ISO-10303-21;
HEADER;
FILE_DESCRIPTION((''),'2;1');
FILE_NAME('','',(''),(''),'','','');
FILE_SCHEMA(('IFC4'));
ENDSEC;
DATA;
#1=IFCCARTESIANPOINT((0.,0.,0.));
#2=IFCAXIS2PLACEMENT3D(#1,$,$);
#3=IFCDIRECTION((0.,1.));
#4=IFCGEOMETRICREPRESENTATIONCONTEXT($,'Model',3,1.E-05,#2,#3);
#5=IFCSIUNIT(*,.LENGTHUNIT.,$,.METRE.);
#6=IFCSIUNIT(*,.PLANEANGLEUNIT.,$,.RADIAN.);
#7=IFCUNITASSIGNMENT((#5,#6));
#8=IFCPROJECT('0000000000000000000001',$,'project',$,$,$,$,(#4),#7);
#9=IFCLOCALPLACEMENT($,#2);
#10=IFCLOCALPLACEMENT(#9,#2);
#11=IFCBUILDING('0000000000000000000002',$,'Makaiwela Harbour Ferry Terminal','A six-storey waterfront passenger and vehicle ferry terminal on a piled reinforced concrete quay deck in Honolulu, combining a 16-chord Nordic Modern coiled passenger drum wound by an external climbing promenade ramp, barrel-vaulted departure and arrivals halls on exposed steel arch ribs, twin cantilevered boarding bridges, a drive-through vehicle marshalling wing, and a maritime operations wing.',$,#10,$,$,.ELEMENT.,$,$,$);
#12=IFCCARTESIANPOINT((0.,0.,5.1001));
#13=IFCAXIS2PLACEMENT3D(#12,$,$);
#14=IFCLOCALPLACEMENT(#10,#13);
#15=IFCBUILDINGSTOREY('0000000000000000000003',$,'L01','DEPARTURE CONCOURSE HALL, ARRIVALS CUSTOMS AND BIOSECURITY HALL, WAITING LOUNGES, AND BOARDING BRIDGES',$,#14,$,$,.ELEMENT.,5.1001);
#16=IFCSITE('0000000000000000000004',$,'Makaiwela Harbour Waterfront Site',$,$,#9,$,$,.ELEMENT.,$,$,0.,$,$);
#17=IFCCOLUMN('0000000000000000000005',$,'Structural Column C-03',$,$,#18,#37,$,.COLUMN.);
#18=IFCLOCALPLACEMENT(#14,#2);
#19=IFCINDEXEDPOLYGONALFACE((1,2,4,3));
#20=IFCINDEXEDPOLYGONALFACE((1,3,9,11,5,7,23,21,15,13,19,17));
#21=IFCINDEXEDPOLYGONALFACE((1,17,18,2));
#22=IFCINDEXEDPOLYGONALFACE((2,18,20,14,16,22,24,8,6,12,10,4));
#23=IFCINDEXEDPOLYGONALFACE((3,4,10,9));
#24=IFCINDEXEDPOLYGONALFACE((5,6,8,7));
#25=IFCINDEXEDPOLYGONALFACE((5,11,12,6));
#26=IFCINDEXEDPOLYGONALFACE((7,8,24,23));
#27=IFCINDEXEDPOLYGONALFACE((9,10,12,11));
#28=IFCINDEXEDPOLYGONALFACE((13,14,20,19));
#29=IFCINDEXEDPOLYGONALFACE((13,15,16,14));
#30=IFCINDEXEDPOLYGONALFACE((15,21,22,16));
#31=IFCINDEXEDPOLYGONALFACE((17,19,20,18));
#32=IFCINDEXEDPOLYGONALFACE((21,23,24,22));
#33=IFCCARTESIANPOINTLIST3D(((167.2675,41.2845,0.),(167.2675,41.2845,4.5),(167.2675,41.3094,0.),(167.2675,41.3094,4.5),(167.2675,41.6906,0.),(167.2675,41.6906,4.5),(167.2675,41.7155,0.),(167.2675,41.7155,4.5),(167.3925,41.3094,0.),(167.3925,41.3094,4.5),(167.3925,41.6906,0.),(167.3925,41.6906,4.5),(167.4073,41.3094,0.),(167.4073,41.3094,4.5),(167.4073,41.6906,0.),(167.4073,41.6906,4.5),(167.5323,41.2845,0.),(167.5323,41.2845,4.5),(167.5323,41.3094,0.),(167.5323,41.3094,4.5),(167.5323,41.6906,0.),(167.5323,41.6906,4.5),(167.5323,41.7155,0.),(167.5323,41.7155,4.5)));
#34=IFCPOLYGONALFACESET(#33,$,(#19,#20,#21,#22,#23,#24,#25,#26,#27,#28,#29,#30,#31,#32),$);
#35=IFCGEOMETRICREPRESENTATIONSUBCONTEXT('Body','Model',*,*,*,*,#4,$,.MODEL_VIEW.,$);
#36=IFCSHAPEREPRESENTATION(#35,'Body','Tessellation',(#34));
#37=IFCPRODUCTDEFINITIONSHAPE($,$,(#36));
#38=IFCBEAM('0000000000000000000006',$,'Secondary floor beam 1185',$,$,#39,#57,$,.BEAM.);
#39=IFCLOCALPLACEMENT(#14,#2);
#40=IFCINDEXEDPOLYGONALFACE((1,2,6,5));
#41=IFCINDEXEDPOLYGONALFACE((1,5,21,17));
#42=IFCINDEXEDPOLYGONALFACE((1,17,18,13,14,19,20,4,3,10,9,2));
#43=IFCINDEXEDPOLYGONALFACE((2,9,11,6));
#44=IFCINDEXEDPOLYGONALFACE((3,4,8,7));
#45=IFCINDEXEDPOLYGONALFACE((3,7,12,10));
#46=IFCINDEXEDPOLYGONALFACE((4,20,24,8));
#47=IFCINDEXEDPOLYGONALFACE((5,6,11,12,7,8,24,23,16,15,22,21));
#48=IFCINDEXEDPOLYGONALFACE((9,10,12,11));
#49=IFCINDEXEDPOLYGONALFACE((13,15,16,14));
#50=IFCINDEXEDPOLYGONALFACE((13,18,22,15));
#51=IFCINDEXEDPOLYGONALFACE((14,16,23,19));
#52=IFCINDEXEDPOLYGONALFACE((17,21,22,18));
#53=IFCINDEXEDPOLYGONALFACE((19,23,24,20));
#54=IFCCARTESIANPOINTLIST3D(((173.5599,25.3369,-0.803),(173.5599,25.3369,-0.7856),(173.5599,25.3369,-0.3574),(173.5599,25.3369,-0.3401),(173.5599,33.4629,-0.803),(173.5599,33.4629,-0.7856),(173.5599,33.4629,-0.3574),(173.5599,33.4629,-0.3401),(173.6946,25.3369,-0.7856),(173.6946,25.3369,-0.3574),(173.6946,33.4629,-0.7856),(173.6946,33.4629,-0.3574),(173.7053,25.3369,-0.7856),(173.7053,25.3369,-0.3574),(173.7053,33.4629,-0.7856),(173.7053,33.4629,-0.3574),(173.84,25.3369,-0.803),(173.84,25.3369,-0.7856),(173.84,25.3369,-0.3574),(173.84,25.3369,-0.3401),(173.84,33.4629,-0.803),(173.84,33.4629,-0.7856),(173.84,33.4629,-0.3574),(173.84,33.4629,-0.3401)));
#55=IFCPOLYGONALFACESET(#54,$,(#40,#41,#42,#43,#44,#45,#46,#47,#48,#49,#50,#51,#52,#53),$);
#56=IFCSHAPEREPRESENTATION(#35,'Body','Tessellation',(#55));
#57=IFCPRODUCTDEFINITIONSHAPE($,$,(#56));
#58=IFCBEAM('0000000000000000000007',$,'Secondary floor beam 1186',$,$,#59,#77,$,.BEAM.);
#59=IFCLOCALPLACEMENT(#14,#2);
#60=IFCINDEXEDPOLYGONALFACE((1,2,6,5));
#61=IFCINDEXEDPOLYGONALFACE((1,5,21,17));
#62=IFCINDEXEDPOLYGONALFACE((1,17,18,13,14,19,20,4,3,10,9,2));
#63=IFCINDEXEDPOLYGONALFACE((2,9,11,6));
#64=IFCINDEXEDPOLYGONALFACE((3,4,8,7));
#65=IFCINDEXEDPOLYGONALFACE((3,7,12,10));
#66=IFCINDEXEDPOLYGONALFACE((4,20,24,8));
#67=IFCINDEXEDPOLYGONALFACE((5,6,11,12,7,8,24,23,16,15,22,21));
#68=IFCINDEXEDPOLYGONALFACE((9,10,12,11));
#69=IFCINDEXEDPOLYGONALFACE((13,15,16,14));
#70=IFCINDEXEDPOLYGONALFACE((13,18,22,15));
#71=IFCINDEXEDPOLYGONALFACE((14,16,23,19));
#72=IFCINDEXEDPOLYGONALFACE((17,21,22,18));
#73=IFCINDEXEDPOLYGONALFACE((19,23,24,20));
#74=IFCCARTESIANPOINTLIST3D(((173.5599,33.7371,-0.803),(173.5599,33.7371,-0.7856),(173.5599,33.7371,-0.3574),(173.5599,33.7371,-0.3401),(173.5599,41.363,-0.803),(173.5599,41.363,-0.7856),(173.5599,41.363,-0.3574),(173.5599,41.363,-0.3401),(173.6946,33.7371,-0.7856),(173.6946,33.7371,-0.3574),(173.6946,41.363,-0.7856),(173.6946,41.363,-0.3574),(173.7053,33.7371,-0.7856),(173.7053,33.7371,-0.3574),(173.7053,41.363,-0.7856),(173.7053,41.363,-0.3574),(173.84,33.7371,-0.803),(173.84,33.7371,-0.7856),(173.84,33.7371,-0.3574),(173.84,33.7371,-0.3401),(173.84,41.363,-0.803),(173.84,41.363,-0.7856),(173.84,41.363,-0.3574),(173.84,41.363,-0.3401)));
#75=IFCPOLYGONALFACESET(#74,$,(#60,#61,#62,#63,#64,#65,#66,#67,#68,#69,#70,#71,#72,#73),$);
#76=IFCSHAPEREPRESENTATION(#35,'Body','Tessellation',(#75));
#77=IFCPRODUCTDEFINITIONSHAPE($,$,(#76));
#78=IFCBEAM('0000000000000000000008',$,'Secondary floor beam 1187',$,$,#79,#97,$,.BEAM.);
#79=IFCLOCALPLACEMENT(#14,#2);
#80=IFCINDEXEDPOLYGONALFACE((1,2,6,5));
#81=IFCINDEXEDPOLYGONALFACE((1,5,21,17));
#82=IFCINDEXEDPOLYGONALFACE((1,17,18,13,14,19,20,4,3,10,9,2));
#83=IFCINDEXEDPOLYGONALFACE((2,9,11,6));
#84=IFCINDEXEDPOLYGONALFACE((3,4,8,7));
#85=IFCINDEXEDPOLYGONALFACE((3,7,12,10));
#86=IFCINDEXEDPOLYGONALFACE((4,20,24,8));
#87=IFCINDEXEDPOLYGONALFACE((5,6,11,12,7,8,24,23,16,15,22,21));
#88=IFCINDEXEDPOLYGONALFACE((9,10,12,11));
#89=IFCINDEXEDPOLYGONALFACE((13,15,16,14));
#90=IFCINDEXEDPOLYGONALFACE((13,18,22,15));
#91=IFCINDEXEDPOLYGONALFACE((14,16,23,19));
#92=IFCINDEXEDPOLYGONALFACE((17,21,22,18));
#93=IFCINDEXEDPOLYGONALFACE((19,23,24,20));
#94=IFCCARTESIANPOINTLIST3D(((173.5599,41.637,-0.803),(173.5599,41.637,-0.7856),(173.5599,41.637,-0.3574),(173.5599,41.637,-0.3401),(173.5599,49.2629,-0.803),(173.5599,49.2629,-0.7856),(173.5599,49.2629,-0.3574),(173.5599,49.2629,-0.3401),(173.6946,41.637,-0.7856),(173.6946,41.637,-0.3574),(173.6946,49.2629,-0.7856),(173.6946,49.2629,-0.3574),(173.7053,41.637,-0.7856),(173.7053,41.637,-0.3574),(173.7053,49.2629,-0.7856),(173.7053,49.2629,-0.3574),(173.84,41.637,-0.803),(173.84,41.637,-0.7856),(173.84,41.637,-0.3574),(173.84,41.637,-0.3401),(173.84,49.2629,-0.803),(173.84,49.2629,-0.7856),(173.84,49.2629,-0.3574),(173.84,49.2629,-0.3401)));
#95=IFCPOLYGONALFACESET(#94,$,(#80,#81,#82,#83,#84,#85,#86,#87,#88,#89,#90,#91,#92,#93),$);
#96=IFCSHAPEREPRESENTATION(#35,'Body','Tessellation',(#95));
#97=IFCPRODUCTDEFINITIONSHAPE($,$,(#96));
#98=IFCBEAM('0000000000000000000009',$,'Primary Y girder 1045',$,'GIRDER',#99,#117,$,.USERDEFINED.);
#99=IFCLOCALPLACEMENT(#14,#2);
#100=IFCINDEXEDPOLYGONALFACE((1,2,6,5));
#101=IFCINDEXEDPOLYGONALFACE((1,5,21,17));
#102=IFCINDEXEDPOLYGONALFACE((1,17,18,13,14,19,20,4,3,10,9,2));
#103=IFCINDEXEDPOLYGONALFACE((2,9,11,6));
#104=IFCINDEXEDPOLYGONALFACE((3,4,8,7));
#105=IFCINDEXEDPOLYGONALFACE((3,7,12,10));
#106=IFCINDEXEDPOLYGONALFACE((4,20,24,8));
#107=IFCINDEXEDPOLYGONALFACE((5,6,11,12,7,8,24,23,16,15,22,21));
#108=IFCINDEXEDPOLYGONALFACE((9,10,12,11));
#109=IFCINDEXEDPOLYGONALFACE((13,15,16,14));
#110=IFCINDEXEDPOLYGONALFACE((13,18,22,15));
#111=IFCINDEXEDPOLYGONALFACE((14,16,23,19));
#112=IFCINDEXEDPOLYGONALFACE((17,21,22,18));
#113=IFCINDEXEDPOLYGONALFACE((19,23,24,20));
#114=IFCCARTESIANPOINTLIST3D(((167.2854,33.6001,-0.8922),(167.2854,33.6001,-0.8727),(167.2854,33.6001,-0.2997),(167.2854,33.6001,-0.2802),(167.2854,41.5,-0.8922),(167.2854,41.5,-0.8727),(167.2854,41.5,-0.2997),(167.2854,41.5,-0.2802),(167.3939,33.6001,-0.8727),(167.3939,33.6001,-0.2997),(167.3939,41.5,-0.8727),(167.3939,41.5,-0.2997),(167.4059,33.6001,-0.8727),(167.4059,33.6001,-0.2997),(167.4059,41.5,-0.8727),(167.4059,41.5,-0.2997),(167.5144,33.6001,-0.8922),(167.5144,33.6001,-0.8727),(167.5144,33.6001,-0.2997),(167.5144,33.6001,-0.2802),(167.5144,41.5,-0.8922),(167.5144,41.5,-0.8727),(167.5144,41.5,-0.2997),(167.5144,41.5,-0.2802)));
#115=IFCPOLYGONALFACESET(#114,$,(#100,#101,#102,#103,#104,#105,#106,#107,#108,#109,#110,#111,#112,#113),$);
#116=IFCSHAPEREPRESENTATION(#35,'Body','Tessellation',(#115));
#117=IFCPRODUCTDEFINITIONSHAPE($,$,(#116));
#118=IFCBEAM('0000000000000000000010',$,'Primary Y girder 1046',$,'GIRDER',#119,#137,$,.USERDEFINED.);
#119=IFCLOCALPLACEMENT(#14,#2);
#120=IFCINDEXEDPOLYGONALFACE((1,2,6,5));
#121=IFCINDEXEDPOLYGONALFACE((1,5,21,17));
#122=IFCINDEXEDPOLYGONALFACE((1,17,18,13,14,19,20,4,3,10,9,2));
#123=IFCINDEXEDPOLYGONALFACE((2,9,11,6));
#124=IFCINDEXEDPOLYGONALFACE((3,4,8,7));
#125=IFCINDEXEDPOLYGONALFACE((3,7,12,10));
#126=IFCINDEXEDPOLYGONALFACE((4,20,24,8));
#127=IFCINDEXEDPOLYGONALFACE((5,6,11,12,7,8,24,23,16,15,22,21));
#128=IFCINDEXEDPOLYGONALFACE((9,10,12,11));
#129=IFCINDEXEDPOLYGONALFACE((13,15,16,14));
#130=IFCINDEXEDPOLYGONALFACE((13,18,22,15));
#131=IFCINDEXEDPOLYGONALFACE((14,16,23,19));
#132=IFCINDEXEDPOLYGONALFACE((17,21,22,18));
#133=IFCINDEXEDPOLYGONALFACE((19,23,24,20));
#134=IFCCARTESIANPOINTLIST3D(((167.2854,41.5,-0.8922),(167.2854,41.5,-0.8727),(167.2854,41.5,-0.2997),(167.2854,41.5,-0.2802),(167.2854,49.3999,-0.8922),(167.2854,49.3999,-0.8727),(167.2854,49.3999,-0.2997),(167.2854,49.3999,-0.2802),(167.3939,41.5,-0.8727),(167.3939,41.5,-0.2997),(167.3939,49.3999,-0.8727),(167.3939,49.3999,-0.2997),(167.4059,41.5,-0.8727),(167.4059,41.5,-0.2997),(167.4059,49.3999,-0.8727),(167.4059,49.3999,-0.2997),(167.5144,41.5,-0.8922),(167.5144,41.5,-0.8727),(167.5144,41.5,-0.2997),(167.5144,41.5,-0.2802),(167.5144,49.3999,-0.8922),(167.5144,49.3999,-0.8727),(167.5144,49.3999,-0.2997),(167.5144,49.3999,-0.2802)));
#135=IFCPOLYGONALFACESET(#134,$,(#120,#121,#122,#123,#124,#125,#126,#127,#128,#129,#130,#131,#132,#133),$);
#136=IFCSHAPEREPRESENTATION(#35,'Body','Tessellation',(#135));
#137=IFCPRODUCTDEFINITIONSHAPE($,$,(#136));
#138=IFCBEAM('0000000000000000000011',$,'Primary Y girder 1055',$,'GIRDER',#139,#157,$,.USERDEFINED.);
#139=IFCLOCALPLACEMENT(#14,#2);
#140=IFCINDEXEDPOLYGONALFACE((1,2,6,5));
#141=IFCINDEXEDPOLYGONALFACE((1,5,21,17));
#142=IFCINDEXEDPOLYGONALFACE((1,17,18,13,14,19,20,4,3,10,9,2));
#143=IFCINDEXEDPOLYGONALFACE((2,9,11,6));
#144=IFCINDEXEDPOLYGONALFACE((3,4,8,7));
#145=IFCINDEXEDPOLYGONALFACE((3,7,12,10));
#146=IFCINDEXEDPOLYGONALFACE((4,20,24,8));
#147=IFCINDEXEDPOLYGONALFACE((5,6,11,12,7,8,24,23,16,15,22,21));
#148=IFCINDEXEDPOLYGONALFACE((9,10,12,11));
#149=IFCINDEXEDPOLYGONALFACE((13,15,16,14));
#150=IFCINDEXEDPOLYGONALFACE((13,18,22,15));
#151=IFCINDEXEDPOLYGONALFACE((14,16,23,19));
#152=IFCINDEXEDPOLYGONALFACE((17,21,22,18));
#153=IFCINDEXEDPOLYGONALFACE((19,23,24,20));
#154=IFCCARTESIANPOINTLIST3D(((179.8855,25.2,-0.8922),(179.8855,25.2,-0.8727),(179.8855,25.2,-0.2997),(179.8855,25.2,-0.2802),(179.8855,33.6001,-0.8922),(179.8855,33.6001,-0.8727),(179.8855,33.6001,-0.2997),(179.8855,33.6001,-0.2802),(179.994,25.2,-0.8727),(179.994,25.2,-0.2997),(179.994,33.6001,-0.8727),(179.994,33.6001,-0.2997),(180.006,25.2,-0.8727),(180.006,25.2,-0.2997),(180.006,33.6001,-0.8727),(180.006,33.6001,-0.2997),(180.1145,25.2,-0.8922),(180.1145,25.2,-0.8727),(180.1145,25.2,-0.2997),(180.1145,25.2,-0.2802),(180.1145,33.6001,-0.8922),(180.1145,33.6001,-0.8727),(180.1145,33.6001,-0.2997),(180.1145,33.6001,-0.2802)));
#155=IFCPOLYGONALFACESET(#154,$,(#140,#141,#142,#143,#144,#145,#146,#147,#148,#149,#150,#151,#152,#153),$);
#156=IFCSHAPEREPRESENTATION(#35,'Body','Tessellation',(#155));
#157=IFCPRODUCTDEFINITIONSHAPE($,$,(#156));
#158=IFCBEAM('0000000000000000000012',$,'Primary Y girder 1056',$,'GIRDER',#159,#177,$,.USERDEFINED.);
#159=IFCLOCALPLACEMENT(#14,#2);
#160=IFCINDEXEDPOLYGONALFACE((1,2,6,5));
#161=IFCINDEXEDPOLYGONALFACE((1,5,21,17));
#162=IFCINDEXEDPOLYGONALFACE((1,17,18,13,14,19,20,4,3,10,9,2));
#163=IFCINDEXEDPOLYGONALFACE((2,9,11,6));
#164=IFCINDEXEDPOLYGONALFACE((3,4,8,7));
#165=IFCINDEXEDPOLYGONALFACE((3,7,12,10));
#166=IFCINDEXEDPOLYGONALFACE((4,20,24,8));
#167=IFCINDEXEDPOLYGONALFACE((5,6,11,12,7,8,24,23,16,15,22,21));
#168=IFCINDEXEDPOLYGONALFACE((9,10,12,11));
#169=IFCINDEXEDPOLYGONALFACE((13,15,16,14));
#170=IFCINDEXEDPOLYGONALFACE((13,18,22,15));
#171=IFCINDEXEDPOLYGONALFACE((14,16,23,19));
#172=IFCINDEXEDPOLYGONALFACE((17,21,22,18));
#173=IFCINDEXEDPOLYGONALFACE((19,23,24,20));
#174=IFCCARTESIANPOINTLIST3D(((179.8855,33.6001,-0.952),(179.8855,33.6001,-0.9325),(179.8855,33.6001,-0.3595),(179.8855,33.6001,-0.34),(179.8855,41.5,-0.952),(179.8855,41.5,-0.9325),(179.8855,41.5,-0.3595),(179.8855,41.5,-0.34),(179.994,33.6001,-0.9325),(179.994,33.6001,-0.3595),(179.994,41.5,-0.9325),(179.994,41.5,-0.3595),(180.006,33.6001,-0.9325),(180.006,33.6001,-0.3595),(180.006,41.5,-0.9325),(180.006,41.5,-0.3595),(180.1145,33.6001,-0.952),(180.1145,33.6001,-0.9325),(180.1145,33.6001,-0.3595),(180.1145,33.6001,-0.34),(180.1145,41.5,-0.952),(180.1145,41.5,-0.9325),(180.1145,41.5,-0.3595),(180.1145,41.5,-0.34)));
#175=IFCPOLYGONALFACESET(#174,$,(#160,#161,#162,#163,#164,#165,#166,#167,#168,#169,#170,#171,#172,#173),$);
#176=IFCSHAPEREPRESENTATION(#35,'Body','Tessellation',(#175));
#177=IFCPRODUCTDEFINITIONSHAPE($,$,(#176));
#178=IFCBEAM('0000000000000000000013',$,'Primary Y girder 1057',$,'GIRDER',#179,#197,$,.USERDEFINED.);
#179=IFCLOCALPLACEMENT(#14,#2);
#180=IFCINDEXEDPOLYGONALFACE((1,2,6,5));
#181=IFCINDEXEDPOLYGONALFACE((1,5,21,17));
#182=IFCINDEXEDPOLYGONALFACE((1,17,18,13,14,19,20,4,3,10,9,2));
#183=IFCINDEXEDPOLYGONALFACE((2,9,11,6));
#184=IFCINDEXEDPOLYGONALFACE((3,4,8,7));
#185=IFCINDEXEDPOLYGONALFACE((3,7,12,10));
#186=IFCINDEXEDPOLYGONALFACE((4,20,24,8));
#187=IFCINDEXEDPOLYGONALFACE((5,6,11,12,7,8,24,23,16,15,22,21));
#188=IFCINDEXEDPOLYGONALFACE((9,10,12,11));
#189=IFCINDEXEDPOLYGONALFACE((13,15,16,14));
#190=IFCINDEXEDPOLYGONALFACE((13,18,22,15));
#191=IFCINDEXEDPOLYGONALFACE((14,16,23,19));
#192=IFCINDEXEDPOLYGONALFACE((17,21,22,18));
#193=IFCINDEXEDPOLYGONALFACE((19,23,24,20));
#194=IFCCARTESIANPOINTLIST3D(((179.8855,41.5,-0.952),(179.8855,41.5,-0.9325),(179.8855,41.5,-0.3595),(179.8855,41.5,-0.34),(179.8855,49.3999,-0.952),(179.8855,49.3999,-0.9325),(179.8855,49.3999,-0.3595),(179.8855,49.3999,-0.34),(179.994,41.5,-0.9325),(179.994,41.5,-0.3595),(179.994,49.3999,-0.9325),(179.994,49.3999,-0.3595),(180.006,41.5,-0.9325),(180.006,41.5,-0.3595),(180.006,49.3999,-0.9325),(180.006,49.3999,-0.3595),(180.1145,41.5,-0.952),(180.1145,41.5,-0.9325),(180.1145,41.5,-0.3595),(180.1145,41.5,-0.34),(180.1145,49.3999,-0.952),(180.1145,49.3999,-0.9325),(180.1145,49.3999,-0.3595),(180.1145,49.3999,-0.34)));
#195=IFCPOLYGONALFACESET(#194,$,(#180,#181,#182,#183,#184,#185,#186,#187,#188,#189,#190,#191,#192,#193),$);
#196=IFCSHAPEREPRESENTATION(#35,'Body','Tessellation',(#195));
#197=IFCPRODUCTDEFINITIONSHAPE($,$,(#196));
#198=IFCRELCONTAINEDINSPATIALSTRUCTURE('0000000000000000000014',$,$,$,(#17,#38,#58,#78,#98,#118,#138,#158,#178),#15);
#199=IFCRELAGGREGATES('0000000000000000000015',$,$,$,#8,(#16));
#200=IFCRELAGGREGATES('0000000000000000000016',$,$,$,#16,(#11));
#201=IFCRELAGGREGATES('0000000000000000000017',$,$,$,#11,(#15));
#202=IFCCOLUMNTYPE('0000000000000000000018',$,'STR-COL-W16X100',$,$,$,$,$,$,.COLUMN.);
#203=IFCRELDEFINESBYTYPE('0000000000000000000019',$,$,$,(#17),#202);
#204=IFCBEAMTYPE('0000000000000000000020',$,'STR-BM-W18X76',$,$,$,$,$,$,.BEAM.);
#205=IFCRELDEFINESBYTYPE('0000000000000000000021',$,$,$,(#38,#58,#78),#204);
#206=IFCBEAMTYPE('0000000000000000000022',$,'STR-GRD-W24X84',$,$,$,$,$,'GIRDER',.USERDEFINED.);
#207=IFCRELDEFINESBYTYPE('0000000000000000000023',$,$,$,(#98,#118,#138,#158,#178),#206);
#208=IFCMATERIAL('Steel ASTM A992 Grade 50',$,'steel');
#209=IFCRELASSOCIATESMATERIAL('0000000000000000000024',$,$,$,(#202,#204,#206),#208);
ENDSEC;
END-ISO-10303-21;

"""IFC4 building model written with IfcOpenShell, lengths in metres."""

from ifc_helpers import new_model, si_unit, direction, frame, origin, origin_2d, place, context, subcontext, project, spatial, i_section, extrude, material, material_profile, profile_set, type_object, element, save


model = new_model("IFC4")

# Units and contexts
model_context = context("Model", 3, precision=1e-05, world=origin(), true_north=direction((0.0, 1.0)))
body_context = subcontext(model_context, "Body", "Model", "MODEL_VIEW")
ifc_project = project(units=[si_unit("LENGTHUNIT", "METRE"), si_unit("PLANEANGLEUNIT", "RADIAN")], contexts=[model_context])

# Site, building, storey
site_placement = place(None, origin())
site = spatial("IfcSite", under=ifc_project, at=site_placement, Name="Makaiwela Harbour Waterfront Site", CompositionType="ELEMENT", RefElevation=0.0)
building_placement = place(site_placement, origin())
building = spatial("IfcBuilding", under=site, at=building_placement, Name="Makaiwela Harbour Ferry Terminal", Description="A six-storey waterfront passenger and vehicle ferry terminal on a piled reinforced concrete quay deck in Honolulu, combining a 16-chord Nordic Modern coiled passenger drum wound by an external climbing promenade ramp, barrel-vaulted departure and arrivals halls on exposed steel arch ribs, twin cantilevered boarding bridges, a drive-through vehicle marshalling wing, and a maritime operations wing.", CompositionType="ELEMENT")
storey_placement = place(building_placement, frame((0.0, 0.0, 5.1001)))
storey = spatial("IfcBuildingStorey", under=building, at=storey_placement, Name="L01", Description="DEPARTURE CONCOURSE HALL, ARRIVALS CUSTOMS AND BIOSECURITY HALL, WAITING LOUNGES, AND BOARDING BRIDGES", CompositionType="ELEMENT", Elevation=5.1001)

# Column
ifc_material_1 = material(Name="Steel ASTM A992 Grade 50", Category="steel")
ifc_material_profile_1 = material_profile(ifc_material_1, i_section(OverallWidth=0.2649, OverallDepth=0.4309, WebThickness=0.0149, FlangeThickness=0.0249, at=origin_2d()), Name="W16X100")
ifc_profile_set_1 = profile_set([ifc_material_profile_1], Name="Steel ASTM A992 Grade 50")
column_type = type_object("IfcColumnType", Name="STR-COL-W16X100", PredefinedType="COLUMN", material=ifc_profile_set_1)
column_placement = place(storey_placement, frame((167.3999, 41.5, 0.0), z_axis=(0.0, 0.0, 1.0), x_axis=(1.0, 0.0, 0.0)))
element("IfcColumn", 1, at=column_placement, inside=storey, type_object=column_type, Name="Structural Column C-03", PredefinedType="COLUMN", context=body_context, shape_type="SweptSolid", body=[
    extrude(i_section(OverallWidth=0.2649, OverallDepth=0.4309, WebThickness=0.0149, FlangeThickness=0.0249, at=origin_2d()), origin(), (0.0, 0.0, 1.0), 4.5),
])

# Beams
ifc_material_profile_2 = material_profile(ifc_material_1, i_section(OverallWidth=0.28, OverallDepth=0.4629, WebThickness=0.0107, FlangeThickness=0.0173, at=origin_2d()), Name="W18X76")
ifc_profile_set_2 = profile_set([ifc_material_profile_2], Name="Steel ASTM A992 Grade 50")
beam_type_1 = type_object("IfcBeamType", Name="STR-BM-W18X76", PredefinedType="BEAM", material=ifc_profile_set_2)
beam_1_placement = place(storey_placement, frame((173.7, 25.3369, -0.5715), z_axis=(0.0, 1.0, 0.0), x_axis=(-1.0, 0.0, 0.0)))
element("IfcBeam", 2, at=beam_1_placement, inside=storey, type_object=beam_type_1, Name="Secondary floor beam 1185", PredefinedType="BEAM", context=body_context, shape_type="SweptSolid", body=[
    extrude(i_section(OverallWidth=0.28, OverallDepth=0.4629, WebThickness=0.0107, FlangeThickness=0.0173, at=origin_2d()), origin(), (0.0, 0.0, 1.0), 8.126),
])
for number, where, z_axis, x_axis, name in (
    (3, (173.7, 33.7371, -0.5715), (0.0, 1.0, 0.0), (-1.0, 0.0, 0.0), "Secondary floor beam 1186"),
    (4, (173.7, 41.637, -0.5715), (0.0, 1.0, 0.0), (-1.0, 0.0, 0.0), "Secondary floor beam 1187"),
):
    element("IfcBeam", number, at=place(storey_placement, frame(where, z_axis=z_axis, x_axis=x_axis)), inside=storey, type_object=beam_type_1, Name=name, PredefinedType="BEAM", context=body_context, shape_type="SweptSolid", body=[
        extrude(i_section(OverallWidth=0.28, OverallDepth=0.4629, WebThickness=0.0107, FlangeThickness=0.0173, at=origin_2d()), origin(), (0.0, 0.0, 1.0), 7.626),
    ])
ifc_material_profile_3 = material_profile(ifc_material_1, i_section(OverallWidth=0.229, OverallDepth=0.6121, WebThickness=0.012, FlangeThickness=0.0195, at=origin_2d()), Name="W24X84")
ifc_profile_set_3 = profile_set([ifc_material_profile_3], Name="Steel ASTM A992 Grade 50")
beam_type_2 = type_object("IfcBeamType", Name="STR-GRD-W24X84", ElementType="GIRDER", PredefinedType="USERDEFINED", material=ifc_profile_set_3)
for number, where, z_axis, x_axis, name in (
    (5, (167.3999, 33.6001, -0.5862), (0.0, 1.0, 0.0), (-1.0, 0.0, 0.0), "Primary Y girder 1045"),
    (6, (167.3999, 41.5, -0.5862), (0.0, 1.0, 0.0), (-1.0, 0.0, 0.0), "Primary Y girder 1046"),
):
    element("IfcBeam", number, at=place(storey_placement, frame(where, z_axis=z_axis, x_axis=x_axis)), inside=storey, type_object=beam_type_2, Name=name, ObjectType="GIRDER", PredefinedType="USERDEFINED", context=body_context, shape_type="SweptSolid", body=[
        extrude(i_section(OverallWidth=0.229, OverallDepth=0.6121, WebThickness=0.012, FlangeThickness=0.0195, at=origin_2d()), origin(), (0.0, 0.0, 1.0), 7.8999),
    ])
beam_2_placement = place(storey_placement, frame((180.0, 25.2, -0.5862), z_axis=(0.0, 1.0, 0.0), x_axis=(-1.0, 0.0, 0.0)))
element("IfcBeam", 7, at=beam_2_placement, inside=storey, type_object=beam_type_2, Name="Primary Y girder 1055", ObjectType="GIRDER", PredefinedType="USERDEFINED", context=body_context, shape_type="SweptSolid", body=[
    extrude(i_section(OverallWidth=0.229, OverallDepth=0.6121, WebThickness=0.012, FlangeThickness=0.0195, at=origin_2d()), origin(), (0.0, 0.0, 1.0), 8.4001),
])
for number, where, z_axis, x_axis, name in (
    (8, (180.0, 33.6001, -0.646), (0.0, 1.0, 0.0), (-1.0, 0.0, 0.0), "Primary Y girder 1056"),
    (9, (180.0, 41.5, -0.646), (0.0, 1.0, 0.0), (-1.0, 0.0, 0.0), "Primary Y girder 1057"),
):
    element("IfcBeam", number, at=place(storey_placement, frame(where, z_axis=z_axis, x_axis=x_axis)), inside=storey, type_object=beam_type_2, Name=name, ObjectType="GIRDER", PredefinedType="USERDEFINED", context=body_context, shape_type="SweptSolid", body=[
        extrude(i_section(OverallWidth=0.229, OverallDepth=0.6121, WebThickness=0.012, FlangeThickness=0.0195, at=origin_2d()), origin(), (0.0, 0.0, 1.0), 7.8999),
    ])

save(model, "model.ifc")
